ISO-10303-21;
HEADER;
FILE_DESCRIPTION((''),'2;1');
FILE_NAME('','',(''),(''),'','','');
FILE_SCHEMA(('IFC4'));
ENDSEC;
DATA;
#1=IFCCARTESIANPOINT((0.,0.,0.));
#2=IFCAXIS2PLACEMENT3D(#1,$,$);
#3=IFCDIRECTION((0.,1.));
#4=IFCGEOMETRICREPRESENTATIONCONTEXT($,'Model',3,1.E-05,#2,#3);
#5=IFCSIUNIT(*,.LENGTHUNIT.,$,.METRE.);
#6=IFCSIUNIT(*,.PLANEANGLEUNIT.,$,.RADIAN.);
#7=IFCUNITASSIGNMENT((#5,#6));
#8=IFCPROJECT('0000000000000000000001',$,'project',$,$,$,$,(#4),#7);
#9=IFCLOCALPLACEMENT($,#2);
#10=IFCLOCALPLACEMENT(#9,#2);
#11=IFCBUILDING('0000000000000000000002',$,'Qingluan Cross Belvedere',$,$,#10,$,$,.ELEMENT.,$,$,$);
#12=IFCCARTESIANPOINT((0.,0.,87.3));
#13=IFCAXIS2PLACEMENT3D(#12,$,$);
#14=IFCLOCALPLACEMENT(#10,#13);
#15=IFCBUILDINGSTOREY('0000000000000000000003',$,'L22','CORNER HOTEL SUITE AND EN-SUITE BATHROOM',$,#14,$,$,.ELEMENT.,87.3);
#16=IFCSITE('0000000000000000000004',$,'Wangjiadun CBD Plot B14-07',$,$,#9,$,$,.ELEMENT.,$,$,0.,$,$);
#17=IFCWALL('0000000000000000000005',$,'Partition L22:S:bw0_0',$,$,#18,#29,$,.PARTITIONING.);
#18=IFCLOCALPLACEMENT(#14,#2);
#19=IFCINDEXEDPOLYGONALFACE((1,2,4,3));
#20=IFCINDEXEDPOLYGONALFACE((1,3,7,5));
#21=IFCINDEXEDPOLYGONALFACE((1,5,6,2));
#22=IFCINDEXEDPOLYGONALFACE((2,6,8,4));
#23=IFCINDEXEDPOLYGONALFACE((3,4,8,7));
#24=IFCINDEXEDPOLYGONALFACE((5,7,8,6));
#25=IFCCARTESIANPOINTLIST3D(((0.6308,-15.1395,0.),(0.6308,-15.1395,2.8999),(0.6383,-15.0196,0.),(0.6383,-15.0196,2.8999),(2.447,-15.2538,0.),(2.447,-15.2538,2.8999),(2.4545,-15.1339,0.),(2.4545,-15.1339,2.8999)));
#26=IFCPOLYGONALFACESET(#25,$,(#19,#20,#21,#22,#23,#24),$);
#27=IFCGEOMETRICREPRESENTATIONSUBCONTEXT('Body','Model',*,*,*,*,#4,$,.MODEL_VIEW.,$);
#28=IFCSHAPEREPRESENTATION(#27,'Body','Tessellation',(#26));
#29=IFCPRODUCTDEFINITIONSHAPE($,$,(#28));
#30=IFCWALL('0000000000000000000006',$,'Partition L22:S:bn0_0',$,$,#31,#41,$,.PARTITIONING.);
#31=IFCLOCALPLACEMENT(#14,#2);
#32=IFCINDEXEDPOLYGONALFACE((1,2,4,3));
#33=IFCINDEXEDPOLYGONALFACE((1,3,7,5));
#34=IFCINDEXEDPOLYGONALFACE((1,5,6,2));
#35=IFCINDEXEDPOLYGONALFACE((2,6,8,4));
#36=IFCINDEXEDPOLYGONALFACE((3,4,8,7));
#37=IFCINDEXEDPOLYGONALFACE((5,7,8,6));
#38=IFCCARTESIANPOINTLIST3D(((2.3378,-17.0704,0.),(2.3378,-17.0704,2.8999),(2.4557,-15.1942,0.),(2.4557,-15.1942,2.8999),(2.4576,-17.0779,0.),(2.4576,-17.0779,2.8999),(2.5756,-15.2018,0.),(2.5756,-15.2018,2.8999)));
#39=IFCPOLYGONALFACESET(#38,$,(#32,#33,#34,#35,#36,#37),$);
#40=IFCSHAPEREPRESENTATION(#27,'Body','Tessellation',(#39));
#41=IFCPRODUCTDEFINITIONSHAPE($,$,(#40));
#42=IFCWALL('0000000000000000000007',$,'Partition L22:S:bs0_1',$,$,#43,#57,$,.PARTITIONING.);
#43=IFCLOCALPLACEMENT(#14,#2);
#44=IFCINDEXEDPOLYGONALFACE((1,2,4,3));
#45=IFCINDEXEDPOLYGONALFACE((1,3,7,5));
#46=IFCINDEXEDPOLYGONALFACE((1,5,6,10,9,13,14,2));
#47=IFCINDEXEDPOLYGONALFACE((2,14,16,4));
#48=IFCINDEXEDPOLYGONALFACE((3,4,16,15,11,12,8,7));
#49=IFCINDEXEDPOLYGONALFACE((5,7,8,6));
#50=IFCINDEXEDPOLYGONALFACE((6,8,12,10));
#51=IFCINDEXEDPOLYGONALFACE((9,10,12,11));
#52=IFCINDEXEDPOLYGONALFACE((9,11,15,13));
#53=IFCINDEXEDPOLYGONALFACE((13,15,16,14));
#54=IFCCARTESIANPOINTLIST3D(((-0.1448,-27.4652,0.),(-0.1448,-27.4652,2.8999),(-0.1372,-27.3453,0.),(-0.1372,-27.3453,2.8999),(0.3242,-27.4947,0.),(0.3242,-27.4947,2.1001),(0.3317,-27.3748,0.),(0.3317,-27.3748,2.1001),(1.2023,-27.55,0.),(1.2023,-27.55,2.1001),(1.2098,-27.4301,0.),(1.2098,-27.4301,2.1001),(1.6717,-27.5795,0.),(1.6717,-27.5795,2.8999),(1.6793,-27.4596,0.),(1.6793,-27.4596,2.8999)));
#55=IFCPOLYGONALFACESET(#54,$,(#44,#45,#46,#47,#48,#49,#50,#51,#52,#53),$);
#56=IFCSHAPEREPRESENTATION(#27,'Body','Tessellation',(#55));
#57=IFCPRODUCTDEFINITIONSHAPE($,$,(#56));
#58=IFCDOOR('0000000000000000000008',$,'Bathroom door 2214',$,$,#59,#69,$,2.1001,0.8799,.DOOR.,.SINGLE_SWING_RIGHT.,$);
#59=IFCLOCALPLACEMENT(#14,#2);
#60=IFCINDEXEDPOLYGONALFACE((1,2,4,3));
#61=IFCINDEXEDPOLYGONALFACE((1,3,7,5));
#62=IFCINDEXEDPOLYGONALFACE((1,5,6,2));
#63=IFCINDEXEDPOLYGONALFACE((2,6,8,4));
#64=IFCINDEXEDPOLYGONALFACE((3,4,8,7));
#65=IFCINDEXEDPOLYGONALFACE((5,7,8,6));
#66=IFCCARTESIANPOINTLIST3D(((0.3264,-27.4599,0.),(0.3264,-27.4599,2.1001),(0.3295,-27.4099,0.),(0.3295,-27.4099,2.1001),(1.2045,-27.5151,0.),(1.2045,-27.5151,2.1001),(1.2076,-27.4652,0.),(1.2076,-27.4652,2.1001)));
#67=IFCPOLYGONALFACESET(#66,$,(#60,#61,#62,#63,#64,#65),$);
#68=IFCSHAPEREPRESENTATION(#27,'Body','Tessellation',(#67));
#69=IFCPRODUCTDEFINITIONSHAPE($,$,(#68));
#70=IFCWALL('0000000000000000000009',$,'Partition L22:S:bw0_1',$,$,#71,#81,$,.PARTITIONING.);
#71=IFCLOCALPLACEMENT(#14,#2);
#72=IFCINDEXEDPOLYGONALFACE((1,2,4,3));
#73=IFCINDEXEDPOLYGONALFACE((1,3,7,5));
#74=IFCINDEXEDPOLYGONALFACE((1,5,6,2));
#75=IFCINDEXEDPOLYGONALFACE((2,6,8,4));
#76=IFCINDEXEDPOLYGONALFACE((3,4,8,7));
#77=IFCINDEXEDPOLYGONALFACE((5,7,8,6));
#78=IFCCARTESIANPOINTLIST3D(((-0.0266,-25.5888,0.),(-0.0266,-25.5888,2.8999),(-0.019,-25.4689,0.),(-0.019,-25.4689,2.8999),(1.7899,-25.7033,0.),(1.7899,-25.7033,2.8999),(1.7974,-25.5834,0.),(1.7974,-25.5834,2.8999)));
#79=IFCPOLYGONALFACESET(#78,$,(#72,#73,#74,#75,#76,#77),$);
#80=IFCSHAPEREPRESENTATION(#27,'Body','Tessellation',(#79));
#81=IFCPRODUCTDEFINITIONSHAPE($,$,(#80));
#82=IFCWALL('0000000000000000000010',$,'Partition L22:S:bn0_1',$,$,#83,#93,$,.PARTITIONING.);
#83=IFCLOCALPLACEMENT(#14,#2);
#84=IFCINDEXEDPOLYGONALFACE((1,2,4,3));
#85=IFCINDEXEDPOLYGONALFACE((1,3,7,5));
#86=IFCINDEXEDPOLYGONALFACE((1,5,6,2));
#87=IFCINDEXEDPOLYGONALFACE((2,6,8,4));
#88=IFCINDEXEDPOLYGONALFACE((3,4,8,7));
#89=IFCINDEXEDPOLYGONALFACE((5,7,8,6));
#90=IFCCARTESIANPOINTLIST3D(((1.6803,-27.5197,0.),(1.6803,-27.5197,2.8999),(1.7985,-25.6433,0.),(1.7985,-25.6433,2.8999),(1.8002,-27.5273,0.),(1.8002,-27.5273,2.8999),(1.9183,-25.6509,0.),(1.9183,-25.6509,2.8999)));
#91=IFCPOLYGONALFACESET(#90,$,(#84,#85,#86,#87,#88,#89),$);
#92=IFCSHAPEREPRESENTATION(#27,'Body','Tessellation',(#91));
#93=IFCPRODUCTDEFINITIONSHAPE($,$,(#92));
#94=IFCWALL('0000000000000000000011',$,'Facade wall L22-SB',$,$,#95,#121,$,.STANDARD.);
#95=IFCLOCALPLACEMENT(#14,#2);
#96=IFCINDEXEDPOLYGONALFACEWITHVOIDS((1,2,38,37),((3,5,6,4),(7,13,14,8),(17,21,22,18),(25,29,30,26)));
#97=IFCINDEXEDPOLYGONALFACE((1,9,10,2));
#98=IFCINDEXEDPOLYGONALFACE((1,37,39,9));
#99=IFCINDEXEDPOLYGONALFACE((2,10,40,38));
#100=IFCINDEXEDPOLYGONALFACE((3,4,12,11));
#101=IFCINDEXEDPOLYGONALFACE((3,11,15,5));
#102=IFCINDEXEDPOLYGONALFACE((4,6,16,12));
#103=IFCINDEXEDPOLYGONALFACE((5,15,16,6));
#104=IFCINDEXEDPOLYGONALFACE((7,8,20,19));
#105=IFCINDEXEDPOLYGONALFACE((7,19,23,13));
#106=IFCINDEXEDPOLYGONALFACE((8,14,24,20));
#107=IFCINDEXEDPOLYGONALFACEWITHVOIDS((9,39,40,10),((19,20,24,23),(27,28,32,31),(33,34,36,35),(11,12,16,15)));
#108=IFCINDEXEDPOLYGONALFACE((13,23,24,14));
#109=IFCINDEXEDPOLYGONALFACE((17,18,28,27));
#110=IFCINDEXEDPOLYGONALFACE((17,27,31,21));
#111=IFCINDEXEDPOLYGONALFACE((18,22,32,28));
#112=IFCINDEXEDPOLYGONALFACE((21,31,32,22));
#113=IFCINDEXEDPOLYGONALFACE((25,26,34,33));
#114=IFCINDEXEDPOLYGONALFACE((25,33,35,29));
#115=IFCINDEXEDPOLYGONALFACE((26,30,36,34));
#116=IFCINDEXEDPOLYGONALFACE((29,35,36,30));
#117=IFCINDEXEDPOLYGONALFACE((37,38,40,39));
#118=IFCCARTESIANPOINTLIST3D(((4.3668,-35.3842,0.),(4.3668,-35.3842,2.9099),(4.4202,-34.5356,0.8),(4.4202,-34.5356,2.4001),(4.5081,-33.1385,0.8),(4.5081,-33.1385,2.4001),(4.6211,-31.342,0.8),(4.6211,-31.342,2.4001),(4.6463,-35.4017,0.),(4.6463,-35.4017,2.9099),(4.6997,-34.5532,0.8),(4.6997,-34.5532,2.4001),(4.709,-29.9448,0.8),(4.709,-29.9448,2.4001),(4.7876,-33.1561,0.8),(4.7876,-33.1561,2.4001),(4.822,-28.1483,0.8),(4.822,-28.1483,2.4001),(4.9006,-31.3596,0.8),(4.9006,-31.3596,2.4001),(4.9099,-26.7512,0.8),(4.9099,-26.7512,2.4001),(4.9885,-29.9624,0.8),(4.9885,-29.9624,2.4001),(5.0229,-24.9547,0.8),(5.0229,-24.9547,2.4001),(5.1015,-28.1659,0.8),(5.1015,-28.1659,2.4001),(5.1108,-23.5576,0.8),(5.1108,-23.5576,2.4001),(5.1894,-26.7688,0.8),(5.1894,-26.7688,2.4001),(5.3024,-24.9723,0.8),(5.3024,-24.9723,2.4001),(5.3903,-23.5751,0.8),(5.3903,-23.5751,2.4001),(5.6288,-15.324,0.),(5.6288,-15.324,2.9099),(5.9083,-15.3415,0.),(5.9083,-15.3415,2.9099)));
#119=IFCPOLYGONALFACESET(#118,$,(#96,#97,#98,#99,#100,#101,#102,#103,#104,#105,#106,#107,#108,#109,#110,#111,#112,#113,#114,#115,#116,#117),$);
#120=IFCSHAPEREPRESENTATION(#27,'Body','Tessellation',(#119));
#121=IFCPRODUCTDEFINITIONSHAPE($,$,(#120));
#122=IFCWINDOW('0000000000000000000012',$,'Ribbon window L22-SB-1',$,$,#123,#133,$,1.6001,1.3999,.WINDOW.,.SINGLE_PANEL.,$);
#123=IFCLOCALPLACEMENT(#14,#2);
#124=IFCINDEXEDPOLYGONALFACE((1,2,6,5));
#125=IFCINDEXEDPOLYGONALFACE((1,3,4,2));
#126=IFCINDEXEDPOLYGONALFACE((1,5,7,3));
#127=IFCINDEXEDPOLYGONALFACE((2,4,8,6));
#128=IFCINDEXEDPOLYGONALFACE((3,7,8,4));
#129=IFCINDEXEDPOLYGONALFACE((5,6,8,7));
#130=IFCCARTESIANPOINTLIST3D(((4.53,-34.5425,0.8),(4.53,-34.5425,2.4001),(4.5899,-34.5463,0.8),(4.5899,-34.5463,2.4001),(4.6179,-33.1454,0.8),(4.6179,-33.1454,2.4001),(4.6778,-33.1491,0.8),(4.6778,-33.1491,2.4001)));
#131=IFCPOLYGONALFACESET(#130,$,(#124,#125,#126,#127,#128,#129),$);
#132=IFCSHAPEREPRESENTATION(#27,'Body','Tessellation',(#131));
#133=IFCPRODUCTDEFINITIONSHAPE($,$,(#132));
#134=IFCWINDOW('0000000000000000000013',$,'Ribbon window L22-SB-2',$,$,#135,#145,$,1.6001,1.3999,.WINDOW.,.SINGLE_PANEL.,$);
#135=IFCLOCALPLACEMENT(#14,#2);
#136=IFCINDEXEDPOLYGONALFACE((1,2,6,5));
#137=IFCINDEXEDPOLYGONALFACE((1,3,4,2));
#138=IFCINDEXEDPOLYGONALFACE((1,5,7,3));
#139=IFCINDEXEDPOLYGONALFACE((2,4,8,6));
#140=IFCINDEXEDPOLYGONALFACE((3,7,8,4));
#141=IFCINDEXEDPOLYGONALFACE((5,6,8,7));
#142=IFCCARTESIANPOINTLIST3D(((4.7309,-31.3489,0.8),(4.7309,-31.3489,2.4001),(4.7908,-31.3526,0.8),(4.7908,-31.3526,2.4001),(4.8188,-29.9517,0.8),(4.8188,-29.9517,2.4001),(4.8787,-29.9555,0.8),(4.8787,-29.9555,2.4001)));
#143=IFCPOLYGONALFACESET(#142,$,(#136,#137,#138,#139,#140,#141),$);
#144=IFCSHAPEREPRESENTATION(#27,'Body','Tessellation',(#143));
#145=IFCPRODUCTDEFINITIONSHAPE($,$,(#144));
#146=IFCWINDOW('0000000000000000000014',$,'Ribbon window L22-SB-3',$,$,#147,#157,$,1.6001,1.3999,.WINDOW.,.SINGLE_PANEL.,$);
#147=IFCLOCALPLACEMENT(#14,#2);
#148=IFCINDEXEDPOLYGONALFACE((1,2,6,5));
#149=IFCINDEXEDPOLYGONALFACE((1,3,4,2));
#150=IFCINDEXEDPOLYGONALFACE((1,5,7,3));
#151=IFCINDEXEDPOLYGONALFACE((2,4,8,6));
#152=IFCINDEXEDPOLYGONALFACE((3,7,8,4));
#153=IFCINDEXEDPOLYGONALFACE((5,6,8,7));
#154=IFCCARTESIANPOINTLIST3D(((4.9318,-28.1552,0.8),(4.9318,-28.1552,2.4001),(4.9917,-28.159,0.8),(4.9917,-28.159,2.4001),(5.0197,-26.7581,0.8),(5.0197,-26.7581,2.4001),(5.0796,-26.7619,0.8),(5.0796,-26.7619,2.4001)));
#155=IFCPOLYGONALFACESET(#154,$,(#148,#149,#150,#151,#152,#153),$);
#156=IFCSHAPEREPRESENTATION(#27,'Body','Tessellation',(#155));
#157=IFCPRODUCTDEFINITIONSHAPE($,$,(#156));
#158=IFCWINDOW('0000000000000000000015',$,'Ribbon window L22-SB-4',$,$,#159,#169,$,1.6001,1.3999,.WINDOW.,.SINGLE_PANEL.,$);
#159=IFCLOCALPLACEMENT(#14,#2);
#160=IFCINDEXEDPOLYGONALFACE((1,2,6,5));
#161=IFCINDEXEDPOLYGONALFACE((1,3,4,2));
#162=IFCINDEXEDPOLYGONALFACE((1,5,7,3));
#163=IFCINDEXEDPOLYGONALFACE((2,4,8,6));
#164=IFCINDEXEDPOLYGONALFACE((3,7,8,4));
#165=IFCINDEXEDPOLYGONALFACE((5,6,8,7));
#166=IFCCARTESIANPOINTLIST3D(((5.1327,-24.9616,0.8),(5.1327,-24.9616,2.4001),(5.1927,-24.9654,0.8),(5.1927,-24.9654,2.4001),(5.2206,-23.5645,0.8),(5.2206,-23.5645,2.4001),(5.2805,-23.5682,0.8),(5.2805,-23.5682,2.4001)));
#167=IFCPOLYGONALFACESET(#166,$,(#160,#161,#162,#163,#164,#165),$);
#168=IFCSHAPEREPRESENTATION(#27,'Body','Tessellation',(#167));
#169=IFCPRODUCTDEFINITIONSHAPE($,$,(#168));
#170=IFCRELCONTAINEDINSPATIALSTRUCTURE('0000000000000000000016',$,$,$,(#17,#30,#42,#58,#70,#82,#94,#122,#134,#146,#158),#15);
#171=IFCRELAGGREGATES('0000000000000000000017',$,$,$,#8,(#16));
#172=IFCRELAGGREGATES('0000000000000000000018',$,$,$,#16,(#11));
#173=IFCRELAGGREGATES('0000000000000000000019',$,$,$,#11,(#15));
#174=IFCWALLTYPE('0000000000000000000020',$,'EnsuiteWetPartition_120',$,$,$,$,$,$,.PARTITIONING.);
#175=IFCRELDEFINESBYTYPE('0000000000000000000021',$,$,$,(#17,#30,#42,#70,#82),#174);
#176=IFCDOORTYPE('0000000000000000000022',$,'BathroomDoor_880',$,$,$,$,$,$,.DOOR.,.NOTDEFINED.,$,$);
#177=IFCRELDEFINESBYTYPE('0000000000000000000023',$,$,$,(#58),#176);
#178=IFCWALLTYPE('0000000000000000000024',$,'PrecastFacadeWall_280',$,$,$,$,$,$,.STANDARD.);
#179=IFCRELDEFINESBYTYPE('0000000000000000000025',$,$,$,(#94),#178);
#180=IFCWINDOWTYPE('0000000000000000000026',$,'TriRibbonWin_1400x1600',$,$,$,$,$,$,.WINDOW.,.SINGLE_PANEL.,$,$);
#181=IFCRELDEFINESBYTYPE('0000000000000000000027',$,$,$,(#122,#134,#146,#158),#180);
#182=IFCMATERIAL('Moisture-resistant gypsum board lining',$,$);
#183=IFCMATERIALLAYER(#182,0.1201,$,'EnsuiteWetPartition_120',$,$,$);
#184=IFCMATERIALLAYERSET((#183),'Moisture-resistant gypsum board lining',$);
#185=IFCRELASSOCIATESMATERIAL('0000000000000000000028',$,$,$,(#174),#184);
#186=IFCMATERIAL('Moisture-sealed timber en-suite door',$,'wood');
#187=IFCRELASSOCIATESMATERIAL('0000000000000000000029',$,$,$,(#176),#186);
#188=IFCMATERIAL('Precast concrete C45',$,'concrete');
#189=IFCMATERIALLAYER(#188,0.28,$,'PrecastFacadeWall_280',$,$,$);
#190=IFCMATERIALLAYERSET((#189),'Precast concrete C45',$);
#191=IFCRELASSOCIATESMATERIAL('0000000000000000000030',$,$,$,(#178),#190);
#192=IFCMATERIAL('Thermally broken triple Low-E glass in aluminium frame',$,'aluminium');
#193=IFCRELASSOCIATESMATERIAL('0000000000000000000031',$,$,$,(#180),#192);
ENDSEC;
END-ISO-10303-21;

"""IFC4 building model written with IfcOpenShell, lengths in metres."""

from ifc_helpers import new_model, si_unit, direction, frame, frame_2d, origin, place, context, subcontext, project, spatial, rectangle, extrude, material, layer, layer_set, type_object, element, fill, save


model = new_model("IFC4")

# Units and contexts
model_context = context("Model", 3, precision=1e-05, world=origin(), true_north=direction((0.0, 1.0)))
body_context = subcontext(model_context, "Body", "Model", "MODEL_VIEW")
ifc_project = project(units=[si_unit("LENGTHUNIT", "METRE"), si_unit("PLANEANGLEUNIT", "RADIAN")], contexts=[model_context])

# Site, building, storey
site_placement = place(None, origin())
site = spatial("IfcSite", under=ifc_project, at=site_placement, Name="Wangjiadun CBD Plot B14-07", CompositionType="ELEMENT", RefElevation=0.0)
building_placement = place(site_placement, origin())
building = spatial("IfcBuilding", under=site, at=building_placement, Name="Qingluan Cross Belvedere", CompositionType="ELEMENT")
storey_placement = place(building_placement, frame((0.0, 0.0, 87.3)))
storey = spatial("IfcBuildingStorey", under=building, at=storey_placement, Name="L22", Description="CORNER HOTEL SUITE AND EN-SUITE BATHROOM", CompositionType="ELEMENT", Elevation=87.3)

# Shared definitions
ifc_material_1 = material(Name="Moisture-resistant gypsum board lining")
ifc_layer_1 = layer(ifc_material_1, 0.1201, Name="EnsuiteWetPartition_120")
ifc_layer_set_1 = layer_set([ifc_layer_1], Name="Moisture-resistant gypsum board lining")
wall_type_1 = type_object("IfcWallType", Name="EnsuiteWetPartition_120", PredefinedType="PARTITIONING", material=ifc_layer_set_1)
ifc_material_2 = material(Name="Moisture-sealed timber en-suite door", Category="wood")
door_type_1 = type_object("IfcDoorType", Name="BathroomDoor_880", OperationType="NOTDEFINED", PredefinedType="DOOR", material=ifc_material_2)

# Walls
wall_1_placement = place(storey_placement, frame((0.6345, -15.0796, 0.0), z_axis=(0.0, 0.0, 1.0), x_axis=(0.998027, -0.062788, 0.0)))
element("IfcWall", 1, at=wall_1_placement, inside=storey, type_object=wall_type_1, Name="Partition L22:S:bw0_0", PredefinedType="PARTITIONING", context=body_context, shape_type="SweptSolid", body=[
    extrude(rectangle(XDim=1.8198, YDim=0.1201, at=frame_2d((0.9099, 0.0))), origin(), (0.0, 0.0, 1.0), 2.8999),
])
wall_2_placement = place(storey_placement, frame((2.5156, -15.198, 0.0), z_axis=(0.0, 0.0, 1.0), x_axis=(-0.062726, -0.998031, 0.0)))
element("IfcWall", 2, at=wall_2_placement, inside=storey, type_object=wall_type_1, Name="Partition L22:S:bn0_0", PredefinedType="PARTITIONING", context=body_context, shape_type="SweptSolid", body=[
    extrude(rectangle(XDim=1.8799, YDim=0.1201, at=frame_2d((0.9399, 0.0))), origin(), (0.0, 0.0, 1.0), 2.8999),
])

# Wall, opening, door
wall_3_placement = place(storey_placement, frame((-0.1411, -27.4053, 0.0), z_axis=(0.0, 0.0, 1.0), x_axis=(0.998027, -0.062779, 0.0)))
wall_3 = element("IfcWall", 3, at=wall_3_placement, inside=storey, type_object=wall_type_1, Name="Partition L22:S:bs0_1", PredefinedType="PARTITIONING", context=body_context, shape_type="SweptSolid", body=[
    extrude(rectangle(XDim=1.8201, YDim=0.1201, at=frame_2d((0.9102, 0.0))), origin(), (0.0, 0.0, 1.0), 2.8999),
])
opening_1_placement = place(wall_3_placement, frame((0.47, 0.0, 0.0)))
opening_1 = element("IfcOpeningElement", 4, at=opening_1_placement, cuts=wall_3, PredefinedType="OPENING", context=body_context, shape_type="SweptSolid", body=[
    extrude(rectangle(XDim=0.8799, YDim=2.1001, at=frame_2d((0.4399, 1.05))), frame((0.0, 0.0701, 0.0), z_axis=(0.0, -1.0, 0.0), x_axis=(1.0, 0.0, 0.0)), (0.0, 0.0, 1.0), 0.1401),
])
door_1_placement = place(opening_1_placement, origin())
door_1 = element("IfcDoor", 5, at=door_1_placement, inside=storey, type_object=door_type_1, Name="Bathroom door 2214", OperationType="SINGLE_SWING_RIGHT", OverallHeight=2.1001, OverallWidth=0.8799, PredefinedType="DOOR", context=body_context, shape_type="SweptSolid", body=[
    extrude(rectangle(XDim=0.8799, YDim=2.1001, at=frame_2d((0.4399, 1.05))), frame((0.0, 0.0249, 0.0), z_axis=(0.0, -1.0, 0.0), x_axis=(1.0, 0.0, 0.0)), (0.0, 0.0, 1.0), 0.05),
])
fill(opening_1, door_1)

# Walls
wall_4_placement = place(storey_placement, frame((-0.0229, -25.5288, 0.0), z_axis=(0.0, 0.0, 1.0), x_axis=(0.998019, -0.062913, 0.0)))
element("IfcWall", 6, at=wall_4_placement, inside=storey, type_object=wall_type_1, Name="Partition L22:S:bw0_1", PredefinedType="PARTITIONING", context=body_context, shape_type="SweptSolid", body=[
    extrude(rectangle(XDim=1.8201, YDim=0.1201, at=frame_2d((0.9102, 0.0))), origin(), (0.0, 0.0, 1.0), 2.8999),
])
wall_5_placement = place(storey_placement, frame((1.8584, -25.6472, 0.0), z_axis=(0.0, 0.0, 1.0), x_axis=(-0.062847, -0.998023, 0.0)))
element("IfcWall", 7, at=wall_5_placement, inside=storey, type_object=wall_type_1, Name="Partition L22:S:bn0_1", PredefinedType="PARTITIONING", context=body_context, shape_type="SweptSolid", body=[
    extrude(rectangle(XDim=1.8801, YDim=0.1201, at=frame_2d((0.9399, 0.0))), origin(), (0.0, 0.0, 1.0), 2.8999),
])

# Wall, openings, windows
ifc_material_3 = material(Name="Precast concrete C45", Category="concrete")
ifc_layer_2 = layer(ifc_material_3, 0.28, Name="PrecastFacadeWall_280")
ifc_layer_set_2 = layer_set([ifc_layer_2], Name="Precast concrete C45")
wall_type_2 = type_object("IfcWallType", Name="PrecastFacadeWall_280", PredefinedType="STANDARD", material=ifc_layer_set_2)
wall_6_placement = place(storey_placement, frame((4.5066, -35.3928, 0.0), z_axis=(0.0, 0.0, 1.0), x_axis=(0.062784, 0.998027, 0.0)))
wall_6 = element("IfcWall", 8, at=wall_6_placement, inside=storey, type_object=wall_type_2, Name="Facade wall L22-SB", PredefinedType="STANDARD", context=body_context, shape_type="SweptSolid", body=[
    extrude(rectangle(XDim=20.0999, YDim=0.28, at=frame_2d((10.0498, 0.0))), origin(), (0.0, 0.0, 1.0), 2.9099),
])
opening_2_placement = place(wall_6_placement, frame((0.8501, 0.0, 0.8)))
opening_2 = element("IfcOpeningElement", 9, at=opening_2_placement, cuts=wall_6, PredefinedType="OPENING", context=body_context, shape_type="SweptSolid", body=[
    extrude(rectangle(XDim=1.3999, YDim=1.6001, at=frame_2d((0.7, 0.8))), frame((0.0, 0.1499, 0.0), z_axis=(0.0, -1.0, 0.0), x_axis=(1.0, 0.0, 0.0)), (0.0, 0.0, 1.0), 0.3),
])
opening_3_placement = place(wall_6_placement, frame((4.05, 0.0, 0.8)))
opening_3 = element("IfcOpeningElement", 10, at=opening_3_placement, cuts=wall_6, PredefinedType="OPENING", context=body_context, shape_type="SweptSolid", body=[
    extrude(rectangle(XDim=1.3999, YDim=1.6001, at=frame_2d((0.7, 0.8))), frame((0.0, 0.1499, 0.0), z_axis=(0.0, -1.0, 0.0), x_axis=(1.0, 0.0, 0.0)), (0.0, 0.0, 1.0), 0.3),
])
opening_4_placement = place(wall_6_placement, frame((7.25, 0.0, 0.8)))
opening_4 = element("IfcOpeningElement", 11, at=opening_4_placement, cuts=wall_6, PredefinedType="OPENING", context=body_context, shape_type="SweptSolid", body=[
    extrude(rectangle(XDim=1.3999, YDim=1.6001, at=frame_2d((0.7, 0.8))), frame((0.0, 0.1499, 0.0), z_axis=(0.0, -1.0, 0.0), x_axis=(1.0, 0.0, 0.0)), (0.0, 0.0, 1.0), 0.3),
])
opening_5_placement = place(wall_6_placement, frame((10.45, 0.0, 0.8)))
opening_5 = element("IfcOpeningElement", 12, at=opening_5_placement, cuts=wall_6, PredefinedType="OPENING", context=body_context, shape_type="SweptSolid", body=[
    extrude(rectangle(XDim=1.3999, YDim=1.6001, at=frame_2d((0.7, 0.8))), frame((0.0, 0.1499, 0.0), z_axis=(0.0, -1.0, 0.0), x_axis=(1.0, 0.0, 0.0)), (0.0, 0.0, 1.0), 0.3),
])
ifc_material_4 = material(Name="Thermally broken triple Low-E glass in aluminium frame", Category="aluminium")
window_type = type_object("IfcWindowType", Name="TriRibbonWin_1400x1600", PartitioningType="SINGLE_PANEL", PredefinedType="WINDOW", material=ifc_material_4)
window_1_placement = place(opening_2_placement, origin())
window_1 = element("IfcWindow", 13, at=window_1_placement, inside=storey, type_object=window_type, Name="Ribbon window L22-SB-1", OverallHeight=1.6001, OverallWidth=1.3999, PartitioningType="SINGLE_PANEL", PredefinedType="WINDOW", context=body_context, shape_type="SweptSolid", body=[
    extrude(rectangle(XDim=1.3999, YDim=1.6001, at=frame_2d((0.7, 0.8))), frame((0.0, 0.03, 0.0), z_axis=(0.0, -1.0, 0.0), x_axis=(1.0, 0.0, 0.0)), (0.0, 0.0, 1.0), 0.0601),
])
fill(opening_2, window_1)
window_2_placement = place(opening_3_placement, origin())
window_2 = element("IfcWindow", 14, at=window_2_placement, inside=storey, type_object=window_type, Name="Ribbon window L22-SB-2", OverallHeight=1.6001, OverallWidth=1.3999, PartitioningType="SINGLE_PANEL", PredefinedType="WINDOW", context=body_context, shape_type="SweptSolid", body=[
    extrude(rectangle(XDim=1.3999, YDim=1.6001, at=frame_2d((0.7, 0.8))), frame((0.0, 0.03, 0.0), z_axis=(0.0, -1.0, 0.0), x_axis=(1.0, 0.0, 0.0)), (0.0, 0.0, 1.0), 0.0601),
])
fill(opening_3, window_2)
window_3_placement = place(opening_4_placement, origin())
window_3 = element("IfcWindow", 15, at=window_3_placement, inside=storey, type_object=window_type, Name="Ribbon window L22-SB-3", OverallHeight=1.6001, OverallWidth=1.3999, PartitioningType="SINGLE_PANEL", PredefinedType="WINDOW", context=body_context, shape_type="SweptSolid", body=[
    extrude(rectangle(XDim=1.3999, YDim=1.6001, at=frame_2d((0.7, 0.8))), frame((0.0, 0.03, 0.0), z_axis=(0.0, -1.0, 0.0), x_axis=(1.0, 0.0, 0.0)), (0.0, 0.0, 1.0), 0.0601),
])
fill(opening_4, window_3)
window_4_placement = place(opening_5_placement, origin())
window_4 = element("IfcWindow", 16, at=window_4_placement, inside=storey, type_object=window_type, Name="Ribbon window L22-SB-4", OverallHeight=1.6001, OverallWidth=1.3999, PartitioningType="SINGLE_PANEL", PredefinedType="WINDOW", context=body_context, shape_type="SweptSolid", body=[
    extrude(rectangle(XDim=1.3999, YDim=1.6001, at=frame_2d((0.7, 0.8))), frame((0.0, 0.03, 0.0), z_axis=(0.0, -1.0, 0.0), x_axis=(1.0, 0.0, 0.0)), (0.0, 0.0, 1.0), 0.0601),
])
fill(opening_5, window_4)

save(model, "model.ifc")
